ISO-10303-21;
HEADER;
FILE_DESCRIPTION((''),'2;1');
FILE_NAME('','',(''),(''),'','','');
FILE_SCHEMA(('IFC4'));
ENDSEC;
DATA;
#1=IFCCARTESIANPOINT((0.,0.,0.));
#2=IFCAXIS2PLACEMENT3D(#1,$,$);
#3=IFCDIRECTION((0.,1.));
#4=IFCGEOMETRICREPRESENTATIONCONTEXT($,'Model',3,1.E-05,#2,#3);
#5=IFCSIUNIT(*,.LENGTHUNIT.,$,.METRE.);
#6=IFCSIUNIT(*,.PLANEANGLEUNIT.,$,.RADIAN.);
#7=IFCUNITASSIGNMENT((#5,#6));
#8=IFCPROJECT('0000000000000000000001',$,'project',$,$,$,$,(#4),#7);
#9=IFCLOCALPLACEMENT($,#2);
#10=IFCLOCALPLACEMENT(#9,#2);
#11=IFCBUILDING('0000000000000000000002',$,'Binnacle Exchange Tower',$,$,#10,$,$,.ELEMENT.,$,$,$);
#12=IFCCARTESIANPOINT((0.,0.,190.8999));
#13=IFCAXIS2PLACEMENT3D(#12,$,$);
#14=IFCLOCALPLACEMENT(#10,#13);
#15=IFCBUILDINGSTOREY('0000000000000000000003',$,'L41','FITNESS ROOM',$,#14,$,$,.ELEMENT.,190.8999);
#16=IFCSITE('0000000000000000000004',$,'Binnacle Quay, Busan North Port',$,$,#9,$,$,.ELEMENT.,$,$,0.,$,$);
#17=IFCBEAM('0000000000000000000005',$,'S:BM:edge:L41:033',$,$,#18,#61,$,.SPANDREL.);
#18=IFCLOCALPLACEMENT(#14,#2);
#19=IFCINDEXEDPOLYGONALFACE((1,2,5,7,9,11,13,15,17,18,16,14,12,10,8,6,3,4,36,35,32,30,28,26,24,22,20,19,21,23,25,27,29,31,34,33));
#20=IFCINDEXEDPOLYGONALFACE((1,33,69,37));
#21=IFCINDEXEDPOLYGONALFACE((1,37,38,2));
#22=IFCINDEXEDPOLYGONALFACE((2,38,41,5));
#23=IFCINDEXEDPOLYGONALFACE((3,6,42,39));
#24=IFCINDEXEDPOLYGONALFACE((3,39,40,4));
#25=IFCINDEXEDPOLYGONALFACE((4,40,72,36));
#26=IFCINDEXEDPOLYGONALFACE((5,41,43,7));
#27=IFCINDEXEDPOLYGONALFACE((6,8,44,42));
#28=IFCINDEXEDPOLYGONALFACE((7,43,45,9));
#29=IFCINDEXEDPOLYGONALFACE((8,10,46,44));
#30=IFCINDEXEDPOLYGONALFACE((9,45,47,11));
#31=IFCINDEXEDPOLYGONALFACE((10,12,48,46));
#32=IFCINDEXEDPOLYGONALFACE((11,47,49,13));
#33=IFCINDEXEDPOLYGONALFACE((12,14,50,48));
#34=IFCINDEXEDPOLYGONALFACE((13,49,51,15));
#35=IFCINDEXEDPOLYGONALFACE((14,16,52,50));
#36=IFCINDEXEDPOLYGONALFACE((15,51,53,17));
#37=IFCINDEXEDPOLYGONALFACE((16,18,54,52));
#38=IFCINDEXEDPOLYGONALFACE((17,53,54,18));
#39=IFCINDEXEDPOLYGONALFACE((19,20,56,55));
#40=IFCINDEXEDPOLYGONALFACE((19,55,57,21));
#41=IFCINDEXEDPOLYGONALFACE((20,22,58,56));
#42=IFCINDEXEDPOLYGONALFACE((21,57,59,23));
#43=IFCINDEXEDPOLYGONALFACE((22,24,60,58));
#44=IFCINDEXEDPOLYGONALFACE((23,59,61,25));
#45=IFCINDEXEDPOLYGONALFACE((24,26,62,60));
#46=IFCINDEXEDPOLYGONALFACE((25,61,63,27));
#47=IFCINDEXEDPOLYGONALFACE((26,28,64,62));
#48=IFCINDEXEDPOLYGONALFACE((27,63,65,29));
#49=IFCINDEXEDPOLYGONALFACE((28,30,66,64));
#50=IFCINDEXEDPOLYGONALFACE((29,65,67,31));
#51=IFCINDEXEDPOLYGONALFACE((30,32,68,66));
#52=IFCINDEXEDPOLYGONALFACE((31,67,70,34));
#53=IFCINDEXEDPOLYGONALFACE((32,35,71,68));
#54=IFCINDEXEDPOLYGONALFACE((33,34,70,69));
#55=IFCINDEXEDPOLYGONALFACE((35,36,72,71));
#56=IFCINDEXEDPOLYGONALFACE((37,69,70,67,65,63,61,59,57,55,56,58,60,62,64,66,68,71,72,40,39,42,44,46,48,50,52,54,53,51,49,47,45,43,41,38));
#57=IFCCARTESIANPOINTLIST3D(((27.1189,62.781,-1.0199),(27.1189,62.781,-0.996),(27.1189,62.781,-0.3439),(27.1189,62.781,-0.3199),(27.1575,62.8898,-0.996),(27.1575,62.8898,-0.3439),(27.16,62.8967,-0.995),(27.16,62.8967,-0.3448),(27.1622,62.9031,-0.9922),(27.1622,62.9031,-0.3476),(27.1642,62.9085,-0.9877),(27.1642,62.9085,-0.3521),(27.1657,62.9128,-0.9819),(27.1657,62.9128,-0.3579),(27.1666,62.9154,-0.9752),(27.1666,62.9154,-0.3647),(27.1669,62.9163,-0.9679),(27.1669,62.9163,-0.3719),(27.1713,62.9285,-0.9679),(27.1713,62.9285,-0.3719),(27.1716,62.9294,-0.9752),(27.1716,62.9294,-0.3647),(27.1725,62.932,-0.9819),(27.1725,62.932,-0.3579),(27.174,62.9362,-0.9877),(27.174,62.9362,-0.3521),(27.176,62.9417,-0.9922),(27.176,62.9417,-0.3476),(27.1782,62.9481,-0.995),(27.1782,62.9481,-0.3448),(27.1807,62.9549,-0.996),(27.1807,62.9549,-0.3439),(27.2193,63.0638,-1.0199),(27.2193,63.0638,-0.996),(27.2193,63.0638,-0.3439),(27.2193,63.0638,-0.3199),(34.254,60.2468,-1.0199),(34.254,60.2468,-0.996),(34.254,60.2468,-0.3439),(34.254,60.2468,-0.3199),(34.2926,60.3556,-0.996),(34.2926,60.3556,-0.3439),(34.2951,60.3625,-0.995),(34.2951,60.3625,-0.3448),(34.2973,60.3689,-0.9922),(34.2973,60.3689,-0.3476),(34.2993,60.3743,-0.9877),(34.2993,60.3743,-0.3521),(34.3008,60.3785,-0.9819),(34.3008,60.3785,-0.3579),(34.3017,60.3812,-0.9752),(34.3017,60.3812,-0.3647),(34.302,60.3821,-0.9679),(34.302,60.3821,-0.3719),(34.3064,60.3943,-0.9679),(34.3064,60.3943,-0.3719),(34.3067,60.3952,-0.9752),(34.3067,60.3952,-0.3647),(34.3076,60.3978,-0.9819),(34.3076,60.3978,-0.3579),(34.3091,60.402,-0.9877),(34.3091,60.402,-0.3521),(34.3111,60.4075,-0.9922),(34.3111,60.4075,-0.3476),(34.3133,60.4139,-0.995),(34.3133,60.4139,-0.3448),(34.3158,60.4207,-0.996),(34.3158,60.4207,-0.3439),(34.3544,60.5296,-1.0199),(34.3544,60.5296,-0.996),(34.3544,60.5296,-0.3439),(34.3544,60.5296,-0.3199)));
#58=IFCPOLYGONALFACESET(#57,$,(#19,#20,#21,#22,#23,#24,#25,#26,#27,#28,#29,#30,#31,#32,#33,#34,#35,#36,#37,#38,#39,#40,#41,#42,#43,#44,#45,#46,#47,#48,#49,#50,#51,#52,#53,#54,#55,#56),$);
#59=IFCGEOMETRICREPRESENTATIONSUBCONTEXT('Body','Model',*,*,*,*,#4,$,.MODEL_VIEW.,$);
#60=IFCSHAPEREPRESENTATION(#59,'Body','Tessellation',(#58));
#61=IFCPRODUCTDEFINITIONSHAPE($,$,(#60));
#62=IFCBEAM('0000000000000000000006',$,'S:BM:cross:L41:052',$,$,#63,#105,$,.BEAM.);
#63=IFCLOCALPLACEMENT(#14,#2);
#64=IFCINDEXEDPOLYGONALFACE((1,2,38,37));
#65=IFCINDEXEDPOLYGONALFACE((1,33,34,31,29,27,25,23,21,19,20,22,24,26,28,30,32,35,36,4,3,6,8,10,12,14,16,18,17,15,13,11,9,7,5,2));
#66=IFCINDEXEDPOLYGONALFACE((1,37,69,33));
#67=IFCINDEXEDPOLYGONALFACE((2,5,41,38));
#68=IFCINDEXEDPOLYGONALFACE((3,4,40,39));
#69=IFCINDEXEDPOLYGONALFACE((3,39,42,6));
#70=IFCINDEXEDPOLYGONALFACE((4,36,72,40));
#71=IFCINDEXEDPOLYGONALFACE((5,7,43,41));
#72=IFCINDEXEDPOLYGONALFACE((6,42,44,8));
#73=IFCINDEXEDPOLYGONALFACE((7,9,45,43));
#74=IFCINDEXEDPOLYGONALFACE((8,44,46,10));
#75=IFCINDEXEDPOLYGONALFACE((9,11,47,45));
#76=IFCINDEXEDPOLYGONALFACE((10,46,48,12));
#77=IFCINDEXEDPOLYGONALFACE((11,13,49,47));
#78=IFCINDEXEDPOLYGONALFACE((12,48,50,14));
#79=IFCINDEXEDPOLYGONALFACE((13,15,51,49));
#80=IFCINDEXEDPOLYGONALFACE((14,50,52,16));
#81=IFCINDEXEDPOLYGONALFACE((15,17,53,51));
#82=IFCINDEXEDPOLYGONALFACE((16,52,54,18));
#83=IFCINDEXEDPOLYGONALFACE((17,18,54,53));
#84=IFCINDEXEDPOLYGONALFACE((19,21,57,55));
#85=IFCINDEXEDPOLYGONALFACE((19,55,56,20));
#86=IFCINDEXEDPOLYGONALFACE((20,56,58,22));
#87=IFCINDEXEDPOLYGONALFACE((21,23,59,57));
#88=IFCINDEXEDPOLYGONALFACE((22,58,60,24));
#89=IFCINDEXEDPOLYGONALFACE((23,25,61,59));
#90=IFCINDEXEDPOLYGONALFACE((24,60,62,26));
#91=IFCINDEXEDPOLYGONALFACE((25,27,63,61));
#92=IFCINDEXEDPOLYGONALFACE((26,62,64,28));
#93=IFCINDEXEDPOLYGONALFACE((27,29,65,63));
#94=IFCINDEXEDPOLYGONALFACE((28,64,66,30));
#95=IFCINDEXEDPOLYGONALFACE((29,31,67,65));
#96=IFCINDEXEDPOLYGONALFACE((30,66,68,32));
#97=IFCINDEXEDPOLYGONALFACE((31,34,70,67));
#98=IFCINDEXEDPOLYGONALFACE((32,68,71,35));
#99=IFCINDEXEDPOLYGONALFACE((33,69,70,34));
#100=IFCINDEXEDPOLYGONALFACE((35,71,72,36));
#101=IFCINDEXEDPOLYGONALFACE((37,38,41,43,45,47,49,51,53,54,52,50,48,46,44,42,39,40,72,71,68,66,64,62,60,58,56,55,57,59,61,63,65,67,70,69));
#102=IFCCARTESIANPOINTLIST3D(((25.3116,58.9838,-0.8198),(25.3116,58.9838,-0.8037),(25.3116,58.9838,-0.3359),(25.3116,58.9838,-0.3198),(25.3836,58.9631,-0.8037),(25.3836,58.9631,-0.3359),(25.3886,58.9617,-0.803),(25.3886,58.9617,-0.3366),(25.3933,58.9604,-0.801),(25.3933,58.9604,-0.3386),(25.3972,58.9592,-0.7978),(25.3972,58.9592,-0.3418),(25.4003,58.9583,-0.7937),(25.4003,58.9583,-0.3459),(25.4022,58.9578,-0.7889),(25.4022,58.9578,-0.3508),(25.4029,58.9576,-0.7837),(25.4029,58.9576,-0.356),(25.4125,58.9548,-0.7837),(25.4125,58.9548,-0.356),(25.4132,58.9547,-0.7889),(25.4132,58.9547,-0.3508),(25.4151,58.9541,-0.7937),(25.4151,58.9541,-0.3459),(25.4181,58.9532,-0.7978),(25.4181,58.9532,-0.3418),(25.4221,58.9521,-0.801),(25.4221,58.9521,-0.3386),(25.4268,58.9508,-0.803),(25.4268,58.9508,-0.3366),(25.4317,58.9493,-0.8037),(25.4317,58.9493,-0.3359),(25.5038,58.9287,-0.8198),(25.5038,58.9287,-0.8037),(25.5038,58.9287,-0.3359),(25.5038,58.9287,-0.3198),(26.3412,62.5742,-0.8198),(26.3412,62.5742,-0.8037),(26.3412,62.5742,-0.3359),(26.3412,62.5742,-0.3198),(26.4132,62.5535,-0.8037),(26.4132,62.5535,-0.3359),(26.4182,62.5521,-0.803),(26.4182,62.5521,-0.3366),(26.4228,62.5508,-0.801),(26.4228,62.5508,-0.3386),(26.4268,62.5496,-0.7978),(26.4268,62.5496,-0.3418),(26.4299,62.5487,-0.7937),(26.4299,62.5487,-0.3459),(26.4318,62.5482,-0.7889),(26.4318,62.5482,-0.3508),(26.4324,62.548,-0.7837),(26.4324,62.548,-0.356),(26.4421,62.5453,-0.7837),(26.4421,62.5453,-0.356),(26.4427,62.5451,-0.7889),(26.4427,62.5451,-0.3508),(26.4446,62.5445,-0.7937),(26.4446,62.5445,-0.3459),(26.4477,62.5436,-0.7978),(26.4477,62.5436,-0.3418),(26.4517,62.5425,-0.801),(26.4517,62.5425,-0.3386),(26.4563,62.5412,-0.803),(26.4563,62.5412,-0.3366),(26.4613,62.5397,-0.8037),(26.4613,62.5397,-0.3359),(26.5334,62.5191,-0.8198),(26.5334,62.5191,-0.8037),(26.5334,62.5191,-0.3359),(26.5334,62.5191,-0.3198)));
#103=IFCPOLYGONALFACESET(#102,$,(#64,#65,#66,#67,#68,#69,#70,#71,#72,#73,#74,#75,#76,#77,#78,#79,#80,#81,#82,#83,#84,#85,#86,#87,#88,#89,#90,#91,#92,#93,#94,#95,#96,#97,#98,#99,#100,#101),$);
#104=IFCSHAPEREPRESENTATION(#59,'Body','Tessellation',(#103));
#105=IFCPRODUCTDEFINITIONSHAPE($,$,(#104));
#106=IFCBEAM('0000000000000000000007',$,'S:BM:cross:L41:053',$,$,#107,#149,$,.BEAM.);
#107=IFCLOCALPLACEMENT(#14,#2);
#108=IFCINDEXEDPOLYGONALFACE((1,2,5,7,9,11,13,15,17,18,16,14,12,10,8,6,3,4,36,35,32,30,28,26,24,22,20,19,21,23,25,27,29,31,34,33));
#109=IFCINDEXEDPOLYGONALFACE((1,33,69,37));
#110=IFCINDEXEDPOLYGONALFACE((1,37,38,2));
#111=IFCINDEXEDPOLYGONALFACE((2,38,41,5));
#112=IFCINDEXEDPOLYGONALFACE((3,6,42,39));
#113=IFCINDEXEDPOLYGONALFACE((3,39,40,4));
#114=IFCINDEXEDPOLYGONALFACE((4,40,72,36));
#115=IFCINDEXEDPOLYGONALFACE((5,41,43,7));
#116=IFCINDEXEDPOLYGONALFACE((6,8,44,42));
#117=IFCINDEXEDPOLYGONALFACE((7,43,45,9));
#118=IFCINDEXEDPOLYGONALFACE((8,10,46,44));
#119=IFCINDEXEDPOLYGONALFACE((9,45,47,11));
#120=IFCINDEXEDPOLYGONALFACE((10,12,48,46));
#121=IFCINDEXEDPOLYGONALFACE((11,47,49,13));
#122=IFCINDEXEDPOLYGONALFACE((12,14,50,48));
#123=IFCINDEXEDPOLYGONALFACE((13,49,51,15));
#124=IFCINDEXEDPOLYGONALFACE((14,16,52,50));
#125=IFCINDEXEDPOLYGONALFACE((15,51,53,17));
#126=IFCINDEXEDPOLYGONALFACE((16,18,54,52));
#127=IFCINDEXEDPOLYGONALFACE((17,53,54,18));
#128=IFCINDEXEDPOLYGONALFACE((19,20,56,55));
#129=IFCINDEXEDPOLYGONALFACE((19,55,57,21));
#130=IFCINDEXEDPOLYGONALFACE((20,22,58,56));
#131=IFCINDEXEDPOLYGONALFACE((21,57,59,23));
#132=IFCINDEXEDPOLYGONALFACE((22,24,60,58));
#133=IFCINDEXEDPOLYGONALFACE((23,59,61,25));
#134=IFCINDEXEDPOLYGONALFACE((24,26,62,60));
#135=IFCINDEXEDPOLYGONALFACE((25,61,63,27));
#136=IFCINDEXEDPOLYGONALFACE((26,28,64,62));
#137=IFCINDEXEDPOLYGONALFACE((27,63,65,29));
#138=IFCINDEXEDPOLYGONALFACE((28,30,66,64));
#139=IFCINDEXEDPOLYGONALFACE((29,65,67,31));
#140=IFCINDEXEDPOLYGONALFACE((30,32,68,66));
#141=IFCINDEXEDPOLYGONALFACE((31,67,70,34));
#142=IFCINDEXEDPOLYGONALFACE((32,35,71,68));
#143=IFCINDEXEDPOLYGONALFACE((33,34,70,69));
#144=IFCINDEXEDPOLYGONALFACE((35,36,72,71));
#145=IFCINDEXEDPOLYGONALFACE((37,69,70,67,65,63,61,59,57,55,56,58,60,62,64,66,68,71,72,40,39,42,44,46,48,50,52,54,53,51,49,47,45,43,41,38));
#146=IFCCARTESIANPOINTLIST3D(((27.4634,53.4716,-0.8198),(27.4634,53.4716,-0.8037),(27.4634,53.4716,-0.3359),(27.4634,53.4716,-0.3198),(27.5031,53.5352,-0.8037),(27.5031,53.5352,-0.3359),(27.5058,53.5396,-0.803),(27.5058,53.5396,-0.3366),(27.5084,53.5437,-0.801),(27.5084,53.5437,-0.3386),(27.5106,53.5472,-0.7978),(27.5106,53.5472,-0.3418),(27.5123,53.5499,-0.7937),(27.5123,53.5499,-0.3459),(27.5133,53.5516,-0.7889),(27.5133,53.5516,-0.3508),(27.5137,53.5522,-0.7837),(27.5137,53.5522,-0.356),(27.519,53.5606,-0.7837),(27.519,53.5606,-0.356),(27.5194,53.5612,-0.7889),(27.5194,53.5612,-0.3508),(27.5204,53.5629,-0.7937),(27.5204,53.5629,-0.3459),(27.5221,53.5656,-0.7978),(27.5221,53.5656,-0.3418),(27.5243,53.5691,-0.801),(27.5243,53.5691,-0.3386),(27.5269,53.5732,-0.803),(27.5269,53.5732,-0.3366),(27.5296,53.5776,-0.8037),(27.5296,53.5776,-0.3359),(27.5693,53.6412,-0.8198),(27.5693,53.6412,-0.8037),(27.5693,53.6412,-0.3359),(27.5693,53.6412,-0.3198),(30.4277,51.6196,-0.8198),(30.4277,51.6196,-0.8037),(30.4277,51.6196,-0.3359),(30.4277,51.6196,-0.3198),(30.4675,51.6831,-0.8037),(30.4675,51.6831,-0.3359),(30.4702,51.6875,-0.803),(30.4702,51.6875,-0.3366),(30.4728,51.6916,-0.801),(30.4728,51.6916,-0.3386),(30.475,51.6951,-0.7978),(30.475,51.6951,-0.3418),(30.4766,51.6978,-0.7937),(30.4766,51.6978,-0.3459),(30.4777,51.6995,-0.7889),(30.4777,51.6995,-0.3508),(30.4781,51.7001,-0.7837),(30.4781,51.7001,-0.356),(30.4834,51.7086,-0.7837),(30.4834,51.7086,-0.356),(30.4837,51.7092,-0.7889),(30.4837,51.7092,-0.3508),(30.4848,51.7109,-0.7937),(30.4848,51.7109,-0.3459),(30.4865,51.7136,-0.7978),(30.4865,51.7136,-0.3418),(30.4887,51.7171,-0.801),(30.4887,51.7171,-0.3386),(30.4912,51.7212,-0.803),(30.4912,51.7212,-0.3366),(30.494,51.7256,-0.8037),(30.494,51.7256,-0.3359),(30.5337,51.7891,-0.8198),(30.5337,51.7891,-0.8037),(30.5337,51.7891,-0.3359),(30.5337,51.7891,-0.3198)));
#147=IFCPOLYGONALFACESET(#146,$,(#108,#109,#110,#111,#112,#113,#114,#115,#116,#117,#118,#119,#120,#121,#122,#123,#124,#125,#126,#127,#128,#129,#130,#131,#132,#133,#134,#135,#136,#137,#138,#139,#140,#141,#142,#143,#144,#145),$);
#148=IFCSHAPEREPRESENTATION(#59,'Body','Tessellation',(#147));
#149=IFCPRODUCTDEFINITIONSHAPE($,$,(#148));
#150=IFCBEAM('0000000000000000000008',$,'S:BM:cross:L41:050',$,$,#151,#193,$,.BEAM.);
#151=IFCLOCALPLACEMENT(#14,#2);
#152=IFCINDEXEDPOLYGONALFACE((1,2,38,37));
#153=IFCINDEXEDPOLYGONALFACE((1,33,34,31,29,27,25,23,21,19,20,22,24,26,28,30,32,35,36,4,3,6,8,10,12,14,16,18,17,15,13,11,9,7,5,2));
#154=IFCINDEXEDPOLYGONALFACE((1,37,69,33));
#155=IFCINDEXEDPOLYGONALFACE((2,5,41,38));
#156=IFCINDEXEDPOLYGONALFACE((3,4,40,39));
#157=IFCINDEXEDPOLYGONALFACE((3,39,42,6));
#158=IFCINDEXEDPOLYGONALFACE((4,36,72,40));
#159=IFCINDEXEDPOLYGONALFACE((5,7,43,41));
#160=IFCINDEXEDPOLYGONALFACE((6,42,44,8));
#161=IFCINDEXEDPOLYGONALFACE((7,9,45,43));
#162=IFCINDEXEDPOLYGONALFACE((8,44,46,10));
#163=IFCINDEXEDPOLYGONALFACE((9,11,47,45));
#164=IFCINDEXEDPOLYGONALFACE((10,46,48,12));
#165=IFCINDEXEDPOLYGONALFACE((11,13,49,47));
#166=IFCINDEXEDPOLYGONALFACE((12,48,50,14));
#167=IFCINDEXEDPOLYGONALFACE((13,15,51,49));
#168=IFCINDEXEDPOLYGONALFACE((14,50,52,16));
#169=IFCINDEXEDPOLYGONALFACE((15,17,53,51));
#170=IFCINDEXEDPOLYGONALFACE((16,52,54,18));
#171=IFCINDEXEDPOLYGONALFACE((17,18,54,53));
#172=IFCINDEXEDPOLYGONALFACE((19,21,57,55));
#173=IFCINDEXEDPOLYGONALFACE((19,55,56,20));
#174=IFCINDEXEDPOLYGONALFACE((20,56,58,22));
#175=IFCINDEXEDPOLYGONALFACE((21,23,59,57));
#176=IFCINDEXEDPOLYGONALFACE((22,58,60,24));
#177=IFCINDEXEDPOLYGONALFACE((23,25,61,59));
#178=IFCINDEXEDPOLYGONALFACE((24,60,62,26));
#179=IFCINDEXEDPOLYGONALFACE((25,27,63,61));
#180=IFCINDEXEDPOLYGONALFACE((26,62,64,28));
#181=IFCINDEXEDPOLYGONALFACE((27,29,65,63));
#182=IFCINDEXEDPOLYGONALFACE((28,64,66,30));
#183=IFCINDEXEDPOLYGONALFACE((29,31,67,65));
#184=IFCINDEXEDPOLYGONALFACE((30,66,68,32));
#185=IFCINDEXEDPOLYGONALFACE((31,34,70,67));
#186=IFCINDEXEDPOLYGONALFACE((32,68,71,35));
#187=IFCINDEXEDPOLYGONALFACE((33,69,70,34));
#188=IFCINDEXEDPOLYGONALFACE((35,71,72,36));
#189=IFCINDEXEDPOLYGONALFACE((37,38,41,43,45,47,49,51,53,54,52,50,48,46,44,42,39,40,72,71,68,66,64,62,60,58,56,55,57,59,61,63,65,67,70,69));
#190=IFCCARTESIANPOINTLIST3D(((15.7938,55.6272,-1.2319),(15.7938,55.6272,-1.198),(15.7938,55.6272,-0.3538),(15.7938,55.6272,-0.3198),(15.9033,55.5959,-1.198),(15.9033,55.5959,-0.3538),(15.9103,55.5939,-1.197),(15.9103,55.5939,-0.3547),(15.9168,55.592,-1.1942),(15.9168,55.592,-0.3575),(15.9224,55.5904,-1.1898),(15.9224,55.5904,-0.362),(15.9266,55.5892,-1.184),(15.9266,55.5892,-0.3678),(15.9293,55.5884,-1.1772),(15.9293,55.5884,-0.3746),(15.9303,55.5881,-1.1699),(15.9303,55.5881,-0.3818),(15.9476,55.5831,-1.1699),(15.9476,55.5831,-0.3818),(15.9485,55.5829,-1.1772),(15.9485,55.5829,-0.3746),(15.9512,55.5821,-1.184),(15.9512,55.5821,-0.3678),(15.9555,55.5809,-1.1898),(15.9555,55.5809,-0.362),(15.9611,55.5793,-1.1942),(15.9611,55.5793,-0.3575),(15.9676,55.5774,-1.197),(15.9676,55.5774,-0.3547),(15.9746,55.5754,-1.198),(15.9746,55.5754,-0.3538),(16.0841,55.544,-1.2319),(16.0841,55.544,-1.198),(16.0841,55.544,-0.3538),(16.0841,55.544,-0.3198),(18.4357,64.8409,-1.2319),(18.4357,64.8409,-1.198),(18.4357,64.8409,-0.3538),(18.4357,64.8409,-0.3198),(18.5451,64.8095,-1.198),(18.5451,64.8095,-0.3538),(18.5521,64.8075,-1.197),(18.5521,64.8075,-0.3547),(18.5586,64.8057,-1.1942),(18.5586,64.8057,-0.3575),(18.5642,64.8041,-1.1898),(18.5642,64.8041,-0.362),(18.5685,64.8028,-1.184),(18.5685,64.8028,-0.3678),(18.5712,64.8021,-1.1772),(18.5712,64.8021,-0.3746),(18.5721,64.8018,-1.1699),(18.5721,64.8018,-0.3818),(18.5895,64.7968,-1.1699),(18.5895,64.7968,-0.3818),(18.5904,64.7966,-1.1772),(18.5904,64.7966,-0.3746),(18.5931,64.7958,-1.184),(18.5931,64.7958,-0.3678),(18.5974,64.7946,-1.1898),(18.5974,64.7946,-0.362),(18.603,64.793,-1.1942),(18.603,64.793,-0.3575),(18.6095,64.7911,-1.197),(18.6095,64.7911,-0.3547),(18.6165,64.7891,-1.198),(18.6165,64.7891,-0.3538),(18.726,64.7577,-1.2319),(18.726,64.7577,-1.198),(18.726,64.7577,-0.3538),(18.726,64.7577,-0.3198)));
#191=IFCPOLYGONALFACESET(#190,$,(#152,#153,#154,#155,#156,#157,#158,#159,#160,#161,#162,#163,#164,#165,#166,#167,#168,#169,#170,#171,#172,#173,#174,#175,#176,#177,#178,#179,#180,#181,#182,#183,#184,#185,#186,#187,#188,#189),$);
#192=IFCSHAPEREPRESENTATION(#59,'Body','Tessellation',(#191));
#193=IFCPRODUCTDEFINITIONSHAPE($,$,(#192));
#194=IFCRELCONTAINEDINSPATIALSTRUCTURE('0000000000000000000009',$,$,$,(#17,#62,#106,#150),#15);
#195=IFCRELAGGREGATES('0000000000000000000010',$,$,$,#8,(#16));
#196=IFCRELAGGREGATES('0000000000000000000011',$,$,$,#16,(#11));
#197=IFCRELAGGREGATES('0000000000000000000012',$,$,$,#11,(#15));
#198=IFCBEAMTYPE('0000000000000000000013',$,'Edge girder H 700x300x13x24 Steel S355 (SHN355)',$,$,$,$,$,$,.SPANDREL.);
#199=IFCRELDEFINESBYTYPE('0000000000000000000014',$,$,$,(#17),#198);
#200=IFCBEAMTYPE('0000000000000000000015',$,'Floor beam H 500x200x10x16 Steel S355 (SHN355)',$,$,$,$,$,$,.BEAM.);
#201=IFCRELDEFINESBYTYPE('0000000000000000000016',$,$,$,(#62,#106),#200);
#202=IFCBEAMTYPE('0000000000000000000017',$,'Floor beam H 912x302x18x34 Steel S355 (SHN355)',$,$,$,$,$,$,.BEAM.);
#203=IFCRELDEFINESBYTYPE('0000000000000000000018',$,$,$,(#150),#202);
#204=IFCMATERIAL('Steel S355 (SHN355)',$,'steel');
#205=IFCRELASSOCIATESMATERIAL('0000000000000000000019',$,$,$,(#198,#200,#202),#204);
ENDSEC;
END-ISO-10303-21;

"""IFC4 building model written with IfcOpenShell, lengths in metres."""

from ifc_helpers import new_model, si_unit, direction, frame, origin, origin_2d, place, context, subcontext, project, spatial, i_section, extrude, material, material_profile, profile_set, type_object, element, save


model = new_model("IFC4")

# Units and contexts
model_context = context("Model", 3, precision=1e-05, world=origin(), true_north=direction((0.0, 1.0)))
body_context = subcontext(model_context, "Body", "Model", "MODEL_VIEW")
ifc_project = project(units=[si_unit("LENGTHUNIT", "METRE"), si_unit("PLANEANGLEUNIT", "RADIAN")], contexts=[model_context])

# Site, building, storey
site_placement = place(None, origin())
site = spatial("IfcSite", under=ifc_project, at=site_placement, Name="Binnacle Quay, Busan North Port", CompositionType="ELEMENT", RefElevation=0.0)
building_placement = place(site_placement, origin())
building = spatial("IfcBuilding", under=site, at=building_placement, Name="Binnacle Exchange Tower", CompositionType="ELEMENT")
storey_placement = place(building_placement, frame((0.0, 0.0, 190.8999)))
storey = spatial("IfcBuildingStorey", under=building, at=storey_placement, Name="L41", Description="FITNESS ROOM", CompositionType="ELEMENT", Elevation=190.8999)

# Beams
ifc_material_1 = material(Name="Steel S355 (SHN355)", Category="steel")
ifc_material_profile_1 = material_profile(ifc_material_1, i_section(OverallWidth=0.3, OverallDepth=0.7, WebThickness=0.0129, FlangeThickness=0.0239, FilletRadius=0.0281, at=origin_2d()), Name="H 700x300x13x24")
ifc_profile_set_1 = profile_set([ifc_material_profile_1], Name="Steel S355 (SHN355)")
beam_type_1 = type_object("IfcBeamType", Name="Edge girder H 700x300x13x24 Steel S355 (SHN355)", PredefinedType="SPANDREL", material=ifc_profile_set_1)
beam_1_placement = place(storey_placement, frame((34.3042, 60.3882, -0.6699), z_axis=(-0.942328, 0.334692, 0.0), x_axis=(-0.334692, -0.942328, 0.0)))
element("IfcBeam", 1, at=beam_1_placement, inside=storey, type_object=beam_type_1, Name="S:BM:edge:L41:033", PredefinedType="SPANDREL", context=body_context, shape_type="SweptSolid", body=[
    extrude(i_section(OverallWidth=0.3, OverallDepth=0.7, WebThickness=0.0129, FlangeThickness=0.0239, FilletRadius=0.0281, at=origin_2d()), origin(), (0.0, 0.0, 1.0), 7.5718),
])
ifc_material_profile_2 = material_profile(ifc_material_1, i_section(OverallWidth=0.2, OverallDepth=0.5, WebThickness=0.01, FlangeThickness=0.0161, FilletRadius=0.02, at=origin_2d()), Name="H 500x200x10x16")
ifc_profile_set_2 = profile_set([ifc_material_profile_2], Name="Steel S355 (SHN355)")
beam_type_2 = type_object("IfcBeamType", Name="Floor beam H 500x200x10x16 Steel S355 (SHN355)", PredefinedType="BEAM", material=ifc_profile_set_2)
beam_2_placement = place(storey_placement, frame((26.4373, 62.5466, -0.5698), z_axis=(-0.275645, -0.96126, 0.0), x_axis=(0.96126, -0.275645, 0.0)))
element("IfcBeam", 2, at=beam_2_placement, inside=storey, type_object=beam_type_2, Name="S:BM:cross:L41:052", PredefinedType="BEAM", context=body_context, shape_type="SweptSolid", body=[
    extrude(i_section(OverallWidth=0.2, OverallDepth=0.5, WebThickness=0.01, FlangeThickness=0.0161, FilletRadius=0.02, at=origin_2d()), origin(), (0.0, 0.0, 1.0), 3.7351),
])
beam_3_placement = place(storey_placement, frame((30.4807, 51.7043, -0.5698), z_axis=(-0.848085, 0.529861, 0.0), x_axis=(-0.529861, -0.848085, 0.0)))
element("IfcBeam", 3, at=beam_3_placement, inside=storey, type_object=beam_type_2, Name="S:BM:cross:L41:053", PredefinedType="BEAM", context=body_context, shape_type="SweptSolid", body=[
    extrude(i_section(OverallWidth=0.2, OverallDepth=0.5, WebThickness=0.01, FlangeThickness=0.0161, FilletRadius=0.02, at=origin_2d()), origin(), (0.0, 0.0, 1.0), 3.4954),
])
ifc_material_profile_3 = material_profile(ifc_material_1, i_section(OverallWidth=0.302, OverallDepth=0.9121, WebThickness=0.0181, FlangeThickness=0.0339, FilletRadius=0.0281, at=origin_2d()), Name="H 912x302x18x34")
ifc_profile_set_3 = profile_set([ifc_material_profile_3], Name="Steel S355 (SHN355)")
beam_type_3 = type_object("IfcBeamType", Name="Floor beam H 912x302x18x34 Steel S355 (SHN355)", PredefinedType="BEAM", material=ifc_profile_set_3)
beam_4_placement = place(storey_placement, frame((18.5808, 64.7993, -0.7759), z_axis=(-0.275626, -0.961265, 0.0), x_axis=(0.961265, -0.275626, 0.0)))
element("IfcBeam", 4, at=beam_4_placement, inside=storey, type_object=beam_type_3, Name="S:BM:cross:L41:050", PredefinedType="BEAM", context=body_context, shape_type="SweptSolid", body=[
    extrude(i_section(OverallWidth=0.302, OverallDepth=0.9121, WebThickness=0.0181, FlangeThickness=0.0339, FilletRadius=0.0281, at=origin_2d()), origin(), (0.0, 0.0, 1.0), 9.585),
])

save(model, "model.ifc")
